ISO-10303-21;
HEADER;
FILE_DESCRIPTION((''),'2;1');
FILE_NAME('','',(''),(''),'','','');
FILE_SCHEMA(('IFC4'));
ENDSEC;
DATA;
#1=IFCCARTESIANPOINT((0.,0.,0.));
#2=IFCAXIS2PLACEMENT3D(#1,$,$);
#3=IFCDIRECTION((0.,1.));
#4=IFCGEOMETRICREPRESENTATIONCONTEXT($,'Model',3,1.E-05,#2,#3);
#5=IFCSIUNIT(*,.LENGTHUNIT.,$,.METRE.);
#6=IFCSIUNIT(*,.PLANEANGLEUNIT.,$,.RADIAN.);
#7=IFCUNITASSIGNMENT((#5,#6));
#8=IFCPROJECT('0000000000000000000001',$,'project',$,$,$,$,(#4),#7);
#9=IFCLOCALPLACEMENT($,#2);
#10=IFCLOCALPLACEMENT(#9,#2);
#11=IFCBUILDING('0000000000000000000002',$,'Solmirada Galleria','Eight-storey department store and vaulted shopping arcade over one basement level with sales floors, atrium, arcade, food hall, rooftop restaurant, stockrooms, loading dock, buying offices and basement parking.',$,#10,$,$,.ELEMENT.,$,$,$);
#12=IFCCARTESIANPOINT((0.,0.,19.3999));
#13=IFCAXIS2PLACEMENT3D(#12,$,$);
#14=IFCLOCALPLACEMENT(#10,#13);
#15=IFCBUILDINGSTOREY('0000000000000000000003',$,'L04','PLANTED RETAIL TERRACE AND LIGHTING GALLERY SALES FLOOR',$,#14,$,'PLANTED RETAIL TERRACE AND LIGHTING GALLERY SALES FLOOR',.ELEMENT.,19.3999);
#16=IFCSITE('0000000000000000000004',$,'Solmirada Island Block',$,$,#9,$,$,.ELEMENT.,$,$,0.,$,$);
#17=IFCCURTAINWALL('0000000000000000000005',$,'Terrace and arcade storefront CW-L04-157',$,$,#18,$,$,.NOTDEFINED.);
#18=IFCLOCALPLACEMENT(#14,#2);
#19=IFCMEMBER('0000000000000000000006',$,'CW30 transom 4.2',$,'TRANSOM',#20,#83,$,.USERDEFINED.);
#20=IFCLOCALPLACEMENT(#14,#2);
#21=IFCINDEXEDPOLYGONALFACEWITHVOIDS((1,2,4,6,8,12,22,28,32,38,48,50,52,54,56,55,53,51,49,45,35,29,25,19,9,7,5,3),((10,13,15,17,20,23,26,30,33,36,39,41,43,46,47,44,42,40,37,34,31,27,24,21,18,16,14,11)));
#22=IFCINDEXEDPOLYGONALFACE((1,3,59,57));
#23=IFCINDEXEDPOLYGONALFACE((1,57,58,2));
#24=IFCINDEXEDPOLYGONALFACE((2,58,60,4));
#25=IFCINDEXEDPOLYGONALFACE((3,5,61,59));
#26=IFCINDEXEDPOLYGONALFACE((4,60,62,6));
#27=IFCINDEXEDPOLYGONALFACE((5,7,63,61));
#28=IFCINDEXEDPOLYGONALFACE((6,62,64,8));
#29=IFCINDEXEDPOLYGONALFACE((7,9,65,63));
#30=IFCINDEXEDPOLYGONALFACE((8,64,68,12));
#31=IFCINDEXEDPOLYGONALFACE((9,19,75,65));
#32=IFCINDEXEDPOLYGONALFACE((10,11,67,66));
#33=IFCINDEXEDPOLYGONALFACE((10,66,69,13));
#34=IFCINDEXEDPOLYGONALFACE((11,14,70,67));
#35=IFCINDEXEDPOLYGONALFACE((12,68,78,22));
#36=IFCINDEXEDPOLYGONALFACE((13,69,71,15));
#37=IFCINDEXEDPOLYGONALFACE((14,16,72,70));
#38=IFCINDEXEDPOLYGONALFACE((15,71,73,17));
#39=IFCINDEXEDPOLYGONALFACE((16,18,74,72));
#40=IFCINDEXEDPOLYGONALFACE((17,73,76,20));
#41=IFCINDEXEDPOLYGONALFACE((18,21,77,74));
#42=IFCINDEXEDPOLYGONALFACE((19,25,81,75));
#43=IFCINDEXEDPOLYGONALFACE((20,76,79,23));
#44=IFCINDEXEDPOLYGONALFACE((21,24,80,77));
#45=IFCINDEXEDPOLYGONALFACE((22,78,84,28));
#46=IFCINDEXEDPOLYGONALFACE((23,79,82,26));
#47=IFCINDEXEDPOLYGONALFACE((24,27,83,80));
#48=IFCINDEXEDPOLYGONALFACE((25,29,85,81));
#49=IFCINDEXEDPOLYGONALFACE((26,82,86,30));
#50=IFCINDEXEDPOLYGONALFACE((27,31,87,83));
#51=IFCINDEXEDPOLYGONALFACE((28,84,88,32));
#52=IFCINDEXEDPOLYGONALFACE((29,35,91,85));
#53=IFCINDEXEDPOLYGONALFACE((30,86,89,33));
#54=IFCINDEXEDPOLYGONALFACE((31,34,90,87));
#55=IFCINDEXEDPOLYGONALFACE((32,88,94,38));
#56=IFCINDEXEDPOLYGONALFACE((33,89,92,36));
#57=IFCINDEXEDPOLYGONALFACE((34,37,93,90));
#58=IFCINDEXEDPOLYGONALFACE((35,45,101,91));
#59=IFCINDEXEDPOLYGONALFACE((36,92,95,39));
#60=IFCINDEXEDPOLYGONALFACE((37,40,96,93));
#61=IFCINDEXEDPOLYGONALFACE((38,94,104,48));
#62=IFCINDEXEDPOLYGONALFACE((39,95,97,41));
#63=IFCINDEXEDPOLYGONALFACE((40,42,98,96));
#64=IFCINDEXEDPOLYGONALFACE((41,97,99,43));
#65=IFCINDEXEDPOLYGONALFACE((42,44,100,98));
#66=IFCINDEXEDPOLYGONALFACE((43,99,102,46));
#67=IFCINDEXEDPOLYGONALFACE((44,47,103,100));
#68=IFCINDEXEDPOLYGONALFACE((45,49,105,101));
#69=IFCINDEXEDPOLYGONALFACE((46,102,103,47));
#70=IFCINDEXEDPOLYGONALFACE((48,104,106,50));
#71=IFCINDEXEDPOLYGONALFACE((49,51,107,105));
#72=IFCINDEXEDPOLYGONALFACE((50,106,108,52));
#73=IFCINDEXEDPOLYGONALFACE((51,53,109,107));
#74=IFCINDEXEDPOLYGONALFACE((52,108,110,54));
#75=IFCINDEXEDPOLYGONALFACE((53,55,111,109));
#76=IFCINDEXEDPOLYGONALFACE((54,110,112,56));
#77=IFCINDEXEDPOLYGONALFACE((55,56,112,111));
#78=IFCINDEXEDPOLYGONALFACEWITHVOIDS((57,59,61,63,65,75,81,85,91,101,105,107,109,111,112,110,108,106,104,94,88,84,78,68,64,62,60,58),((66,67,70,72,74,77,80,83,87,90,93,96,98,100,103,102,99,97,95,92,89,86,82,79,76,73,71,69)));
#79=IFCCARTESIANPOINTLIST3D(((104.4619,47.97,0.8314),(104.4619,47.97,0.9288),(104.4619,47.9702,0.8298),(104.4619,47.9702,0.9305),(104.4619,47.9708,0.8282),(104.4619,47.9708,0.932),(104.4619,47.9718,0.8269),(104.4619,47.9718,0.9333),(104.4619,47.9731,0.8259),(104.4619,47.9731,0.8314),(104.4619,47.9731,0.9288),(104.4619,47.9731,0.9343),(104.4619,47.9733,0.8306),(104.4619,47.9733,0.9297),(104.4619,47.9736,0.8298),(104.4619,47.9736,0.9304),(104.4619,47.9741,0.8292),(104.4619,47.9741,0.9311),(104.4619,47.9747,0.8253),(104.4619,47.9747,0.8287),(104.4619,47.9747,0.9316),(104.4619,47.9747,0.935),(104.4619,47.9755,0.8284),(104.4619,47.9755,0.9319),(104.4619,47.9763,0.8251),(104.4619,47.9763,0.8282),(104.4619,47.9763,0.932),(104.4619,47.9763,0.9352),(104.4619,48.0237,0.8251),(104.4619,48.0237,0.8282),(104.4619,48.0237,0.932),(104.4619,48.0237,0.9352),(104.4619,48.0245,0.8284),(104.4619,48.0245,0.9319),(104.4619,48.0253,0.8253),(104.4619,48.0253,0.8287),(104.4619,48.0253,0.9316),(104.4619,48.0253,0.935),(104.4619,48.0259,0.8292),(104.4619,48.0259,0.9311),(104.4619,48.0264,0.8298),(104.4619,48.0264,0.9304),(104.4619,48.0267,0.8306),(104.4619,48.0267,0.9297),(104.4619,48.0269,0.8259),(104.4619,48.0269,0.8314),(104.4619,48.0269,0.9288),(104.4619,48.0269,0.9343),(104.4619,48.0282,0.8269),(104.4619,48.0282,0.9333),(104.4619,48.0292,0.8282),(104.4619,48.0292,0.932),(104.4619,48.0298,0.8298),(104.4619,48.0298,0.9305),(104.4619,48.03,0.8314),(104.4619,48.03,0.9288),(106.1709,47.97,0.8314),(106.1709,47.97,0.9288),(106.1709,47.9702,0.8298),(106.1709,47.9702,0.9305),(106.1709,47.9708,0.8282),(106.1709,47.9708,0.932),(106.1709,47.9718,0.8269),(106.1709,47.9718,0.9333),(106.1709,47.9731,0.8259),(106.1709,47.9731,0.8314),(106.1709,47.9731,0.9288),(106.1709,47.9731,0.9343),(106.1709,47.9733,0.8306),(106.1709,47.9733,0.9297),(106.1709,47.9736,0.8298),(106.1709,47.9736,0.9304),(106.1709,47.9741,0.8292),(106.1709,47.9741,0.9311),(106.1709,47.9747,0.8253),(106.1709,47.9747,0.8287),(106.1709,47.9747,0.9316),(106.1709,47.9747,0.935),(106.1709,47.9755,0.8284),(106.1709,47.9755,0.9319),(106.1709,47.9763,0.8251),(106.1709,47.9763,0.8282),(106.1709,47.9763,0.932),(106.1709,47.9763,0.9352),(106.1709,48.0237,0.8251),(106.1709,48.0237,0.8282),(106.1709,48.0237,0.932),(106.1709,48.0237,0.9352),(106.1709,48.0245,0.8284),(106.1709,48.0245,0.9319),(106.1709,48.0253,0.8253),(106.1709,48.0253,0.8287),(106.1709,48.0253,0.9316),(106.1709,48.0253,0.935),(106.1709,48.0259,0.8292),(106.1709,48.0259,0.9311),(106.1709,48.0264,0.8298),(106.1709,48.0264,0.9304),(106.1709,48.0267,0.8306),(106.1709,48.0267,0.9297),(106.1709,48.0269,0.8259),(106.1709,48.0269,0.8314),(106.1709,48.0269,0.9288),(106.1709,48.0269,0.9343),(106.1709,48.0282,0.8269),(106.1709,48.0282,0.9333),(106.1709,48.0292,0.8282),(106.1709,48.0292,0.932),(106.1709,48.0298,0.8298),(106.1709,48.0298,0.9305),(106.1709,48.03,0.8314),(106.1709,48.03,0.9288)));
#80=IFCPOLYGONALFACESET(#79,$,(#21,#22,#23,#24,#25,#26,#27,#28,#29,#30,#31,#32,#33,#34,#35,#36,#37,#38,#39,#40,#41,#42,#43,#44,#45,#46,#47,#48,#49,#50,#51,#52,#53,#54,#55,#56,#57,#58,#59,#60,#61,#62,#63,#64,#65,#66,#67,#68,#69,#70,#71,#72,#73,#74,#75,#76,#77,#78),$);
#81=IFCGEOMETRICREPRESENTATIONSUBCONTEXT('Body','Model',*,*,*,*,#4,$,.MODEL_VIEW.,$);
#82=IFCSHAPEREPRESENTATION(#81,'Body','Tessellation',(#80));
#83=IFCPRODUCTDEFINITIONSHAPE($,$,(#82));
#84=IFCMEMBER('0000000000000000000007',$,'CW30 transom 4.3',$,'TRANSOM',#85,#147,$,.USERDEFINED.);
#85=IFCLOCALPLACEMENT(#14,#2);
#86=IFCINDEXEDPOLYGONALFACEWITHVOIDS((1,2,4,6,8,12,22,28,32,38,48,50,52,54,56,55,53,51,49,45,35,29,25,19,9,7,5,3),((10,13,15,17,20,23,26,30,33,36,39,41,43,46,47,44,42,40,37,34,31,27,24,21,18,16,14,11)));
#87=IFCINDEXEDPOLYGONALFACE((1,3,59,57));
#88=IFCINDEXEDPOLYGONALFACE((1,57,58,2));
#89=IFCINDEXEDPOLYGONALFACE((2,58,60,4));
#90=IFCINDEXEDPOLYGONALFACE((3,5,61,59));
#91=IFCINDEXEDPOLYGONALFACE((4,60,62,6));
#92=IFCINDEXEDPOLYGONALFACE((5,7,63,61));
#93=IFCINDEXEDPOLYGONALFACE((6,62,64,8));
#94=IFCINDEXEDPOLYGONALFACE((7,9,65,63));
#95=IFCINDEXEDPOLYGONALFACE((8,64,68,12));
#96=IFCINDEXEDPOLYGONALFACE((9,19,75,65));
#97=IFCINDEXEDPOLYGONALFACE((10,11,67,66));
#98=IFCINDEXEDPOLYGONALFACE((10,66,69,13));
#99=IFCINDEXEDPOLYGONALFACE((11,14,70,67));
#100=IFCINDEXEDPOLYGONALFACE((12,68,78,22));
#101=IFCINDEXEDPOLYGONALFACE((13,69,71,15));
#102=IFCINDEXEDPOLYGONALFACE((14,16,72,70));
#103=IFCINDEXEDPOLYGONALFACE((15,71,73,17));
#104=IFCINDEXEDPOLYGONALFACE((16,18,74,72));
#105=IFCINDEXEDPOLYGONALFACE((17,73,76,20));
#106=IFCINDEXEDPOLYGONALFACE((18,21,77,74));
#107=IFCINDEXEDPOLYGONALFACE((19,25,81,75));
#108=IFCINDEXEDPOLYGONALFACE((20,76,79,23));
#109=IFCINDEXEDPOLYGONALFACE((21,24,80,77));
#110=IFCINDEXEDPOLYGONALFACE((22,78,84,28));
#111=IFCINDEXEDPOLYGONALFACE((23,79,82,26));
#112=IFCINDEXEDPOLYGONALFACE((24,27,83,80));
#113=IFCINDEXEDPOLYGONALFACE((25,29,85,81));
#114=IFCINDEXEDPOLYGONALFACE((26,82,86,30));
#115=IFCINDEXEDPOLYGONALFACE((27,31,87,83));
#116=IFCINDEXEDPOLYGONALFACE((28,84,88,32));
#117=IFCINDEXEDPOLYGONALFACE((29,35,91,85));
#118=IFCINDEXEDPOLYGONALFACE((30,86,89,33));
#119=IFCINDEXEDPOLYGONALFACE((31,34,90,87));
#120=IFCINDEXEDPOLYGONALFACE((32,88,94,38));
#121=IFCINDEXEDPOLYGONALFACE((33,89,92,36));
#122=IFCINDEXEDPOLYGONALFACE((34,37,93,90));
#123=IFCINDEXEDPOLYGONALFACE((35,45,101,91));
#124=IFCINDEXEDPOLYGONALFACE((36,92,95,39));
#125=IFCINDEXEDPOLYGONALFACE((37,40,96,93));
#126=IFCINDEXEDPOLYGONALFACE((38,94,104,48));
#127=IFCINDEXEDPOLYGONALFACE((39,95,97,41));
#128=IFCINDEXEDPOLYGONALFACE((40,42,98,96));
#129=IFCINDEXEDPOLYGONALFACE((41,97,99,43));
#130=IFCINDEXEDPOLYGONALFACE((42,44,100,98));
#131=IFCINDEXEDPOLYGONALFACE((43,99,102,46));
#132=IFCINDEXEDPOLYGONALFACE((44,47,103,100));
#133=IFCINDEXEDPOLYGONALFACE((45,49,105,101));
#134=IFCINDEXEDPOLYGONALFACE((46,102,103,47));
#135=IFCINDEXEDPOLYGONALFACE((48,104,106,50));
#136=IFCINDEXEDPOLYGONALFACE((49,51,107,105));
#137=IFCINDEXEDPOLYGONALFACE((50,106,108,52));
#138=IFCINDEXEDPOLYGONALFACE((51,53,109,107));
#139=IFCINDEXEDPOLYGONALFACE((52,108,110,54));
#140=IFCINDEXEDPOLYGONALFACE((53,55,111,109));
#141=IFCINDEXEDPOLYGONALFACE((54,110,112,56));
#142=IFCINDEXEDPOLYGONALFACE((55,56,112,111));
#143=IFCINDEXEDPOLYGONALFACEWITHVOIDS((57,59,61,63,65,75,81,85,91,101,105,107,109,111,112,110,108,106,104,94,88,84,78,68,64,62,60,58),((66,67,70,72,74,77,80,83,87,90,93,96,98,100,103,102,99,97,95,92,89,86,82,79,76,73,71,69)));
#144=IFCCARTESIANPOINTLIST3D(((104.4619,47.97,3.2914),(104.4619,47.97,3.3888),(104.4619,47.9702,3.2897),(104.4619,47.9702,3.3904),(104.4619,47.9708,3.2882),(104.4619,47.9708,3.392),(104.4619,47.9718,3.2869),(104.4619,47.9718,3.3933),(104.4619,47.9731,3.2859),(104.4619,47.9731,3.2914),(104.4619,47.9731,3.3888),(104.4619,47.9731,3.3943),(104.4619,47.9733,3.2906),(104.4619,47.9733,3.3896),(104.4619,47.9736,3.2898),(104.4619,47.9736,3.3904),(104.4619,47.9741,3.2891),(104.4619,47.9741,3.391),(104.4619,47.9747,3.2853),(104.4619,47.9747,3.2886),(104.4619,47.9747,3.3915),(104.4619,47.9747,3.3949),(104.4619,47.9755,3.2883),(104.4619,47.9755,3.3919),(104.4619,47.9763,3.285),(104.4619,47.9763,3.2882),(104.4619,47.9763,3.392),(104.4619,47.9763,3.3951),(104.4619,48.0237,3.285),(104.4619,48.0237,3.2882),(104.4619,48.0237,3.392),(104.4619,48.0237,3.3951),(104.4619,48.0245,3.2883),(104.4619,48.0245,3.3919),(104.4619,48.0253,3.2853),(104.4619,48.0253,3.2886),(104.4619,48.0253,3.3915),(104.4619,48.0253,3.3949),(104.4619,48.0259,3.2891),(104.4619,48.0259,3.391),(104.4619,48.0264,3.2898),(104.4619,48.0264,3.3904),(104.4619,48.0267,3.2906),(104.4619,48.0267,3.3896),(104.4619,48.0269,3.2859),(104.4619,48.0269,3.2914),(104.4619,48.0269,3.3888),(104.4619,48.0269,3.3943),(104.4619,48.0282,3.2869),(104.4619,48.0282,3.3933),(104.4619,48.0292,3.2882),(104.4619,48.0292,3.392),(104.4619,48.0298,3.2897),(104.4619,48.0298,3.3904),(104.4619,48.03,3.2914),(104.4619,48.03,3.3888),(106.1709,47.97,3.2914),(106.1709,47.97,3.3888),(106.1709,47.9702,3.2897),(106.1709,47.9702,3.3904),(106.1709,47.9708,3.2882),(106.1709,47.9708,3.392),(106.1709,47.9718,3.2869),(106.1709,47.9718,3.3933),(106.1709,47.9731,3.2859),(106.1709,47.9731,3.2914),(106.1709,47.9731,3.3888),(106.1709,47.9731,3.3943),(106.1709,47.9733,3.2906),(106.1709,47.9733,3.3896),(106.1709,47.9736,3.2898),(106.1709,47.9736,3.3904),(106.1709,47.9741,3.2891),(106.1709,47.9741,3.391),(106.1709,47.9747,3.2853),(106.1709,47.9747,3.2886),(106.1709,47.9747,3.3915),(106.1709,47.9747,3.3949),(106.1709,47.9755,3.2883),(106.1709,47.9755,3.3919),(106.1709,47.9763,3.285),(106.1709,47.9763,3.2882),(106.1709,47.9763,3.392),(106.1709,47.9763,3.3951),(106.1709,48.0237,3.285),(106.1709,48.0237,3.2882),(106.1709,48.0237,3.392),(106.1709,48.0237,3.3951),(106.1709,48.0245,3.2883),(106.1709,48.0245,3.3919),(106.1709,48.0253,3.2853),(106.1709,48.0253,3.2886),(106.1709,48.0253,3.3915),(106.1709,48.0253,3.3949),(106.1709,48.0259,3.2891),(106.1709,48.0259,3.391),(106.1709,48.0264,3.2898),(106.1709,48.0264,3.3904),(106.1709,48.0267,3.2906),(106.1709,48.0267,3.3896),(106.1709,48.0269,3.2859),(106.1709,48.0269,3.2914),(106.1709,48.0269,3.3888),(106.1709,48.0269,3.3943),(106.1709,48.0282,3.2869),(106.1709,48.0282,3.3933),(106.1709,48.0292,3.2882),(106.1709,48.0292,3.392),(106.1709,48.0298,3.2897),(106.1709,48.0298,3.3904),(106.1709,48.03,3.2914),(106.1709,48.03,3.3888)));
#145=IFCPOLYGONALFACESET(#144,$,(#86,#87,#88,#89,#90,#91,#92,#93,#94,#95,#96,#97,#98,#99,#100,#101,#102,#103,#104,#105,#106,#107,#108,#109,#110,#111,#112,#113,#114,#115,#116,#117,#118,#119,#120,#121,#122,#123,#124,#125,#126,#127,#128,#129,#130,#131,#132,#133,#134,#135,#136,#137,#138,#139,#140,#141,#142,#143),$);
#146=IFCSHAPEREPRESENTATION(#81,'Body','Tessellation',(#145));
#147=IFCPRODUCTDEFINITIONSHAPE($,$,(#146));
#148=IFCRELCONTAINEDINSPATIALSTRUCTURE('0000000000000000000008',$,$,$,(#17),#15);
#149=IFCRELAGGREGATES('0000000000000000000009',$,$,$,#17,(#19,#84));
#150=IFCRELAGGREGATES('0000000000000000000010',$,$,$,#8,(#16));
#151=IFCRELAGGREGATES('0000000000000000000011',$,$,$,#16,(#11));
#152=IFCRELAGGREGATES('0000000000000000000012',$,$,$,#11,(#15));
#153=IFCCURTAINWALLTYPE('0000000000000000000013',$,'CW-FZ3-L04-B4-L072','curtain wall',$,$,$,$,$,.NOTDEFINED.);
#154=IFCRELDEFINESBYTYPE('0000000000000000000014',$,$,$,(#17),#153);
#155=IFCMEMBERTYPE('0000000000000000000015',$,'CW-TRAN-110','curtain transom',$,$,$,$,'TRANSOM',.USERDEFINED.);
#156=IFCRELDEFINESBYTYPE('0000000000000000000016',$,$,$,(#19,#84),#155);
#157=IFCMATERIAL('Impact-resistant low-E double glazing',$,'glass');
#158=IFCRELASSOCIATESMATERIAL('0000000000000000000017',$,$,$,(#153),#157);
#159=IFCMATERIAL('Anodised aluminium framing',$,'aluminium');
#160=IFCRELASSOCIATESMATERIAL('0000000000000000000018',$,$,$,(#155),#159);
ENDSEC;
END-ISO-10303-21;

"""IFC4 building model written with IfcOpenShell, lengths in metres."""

from ifc_helpers import new_model, si_unit, direction, frame, origin, origin_2d, place, context, subcontext, project, spatial, hollow_rectangle, extrude, material, material_profile, profile_set, type_object, element, aggregate, save


model = new_model("IFC4")

# Units and contexts
model_context = context("Model", 3, precision=1e-05, world=origin(), true_north=direction((0.0, 1.0)))
body_context = subcontext(model_context, "Body", "Model", "MODEL_VIEW")
ifc_project = project(units=[si_unit("LENGTHUNIT", "METRE"), si_unit("PLANEANGLEUNIT", "RADIAN")], contexts=[model_context])

# Site, building, storey
site_placement = place(None, origin())
site = spatial("IfcSite", under=ifc_project, at=site_placement, Name="Solmirada Island Block", CompositionType="ELEMENT", RefElevation=0.0)
building_placement = place(site_placement, origin())
building = spatial("IfcBuilding", under=site, at=building_placement, Name="Solmirada Galleria", Description="Eight-storey department store and vaulted shopping arcade over one basement level with sales floors, atrium, arcade, food hall, rooftop restaurant, stockrooms, loading dock, buying offices and basement parking.", CompositionType="ELEMENT")
storey_placement = place(building_placement, frame((0.0, 0.0, 19.3999)))
storey = spatial("IfcBuildingStorey", under=building, at=storey_placement, Name="L04", Description="PLANTED RETAIL TERRACE AND LIGHTING GALLERY SALES FLOOR", LongName="PLANTED RETAIL TERRACE AND LIGHTING GALLERY SALES FLOOR", CompositionType="ELEMENT", Elevation=19.3999)

# Curtain wall
ifc_material_1 = material(Name="Impact-resistant low-E double glazing", Category="glass")
curtain_wall_type = type_object("IfcCurtainWallType", Name="CW-FZ3-L04-B4-L072", Description="curtain wall", PredefinedType="NOTDEFINED", material=ifc_material_1)
curtain_wall_1_placement = place(storey_placement, origin())
curtain_wall_1 = element("IfcCurtainWall", 1, at=curtain_wall_1_placement, inside=storey, type_object=curtain_wall_type, Name="Terrace and arcade storefront CW-L04-157", PredefinedType="NOTDEFINED")
ifc_material_2 = material(Name="Anodised aluminium framing", Category="aluminium")

# Members
ifc_material_profile_1 = material_profile(ifc_material_2, hollow_rectangle(XDim=0.0601, YDim=0.1101, WallThickness=0.0032, InnerFilletRadius=0.0032, OuterFilletRadius=0.0063, at=origin_2d()), Name="ALU-TRAN-110X60")
ifc_profile_set_1 = profile_set([ifc_material_profile_1], Name="Anodised aluminium framing")
member_type_1 = type_object("IfcMemberType", Name="CW-TRAN-110", Description="curtain transom", ElementType="TRANSOM", PredefinedType="USERDEFINED", material=ifc_profile_set_1)
member_1_placement = place(storey_placement, frame((106.1709, 48.0, 0.8801), z_axis=(-1.0, 0.0, 0.0), x_axis=(0.0, -1.0, 0.0)))
member_1 = element("IfcMember", 2, at=member_1_placement, type_object=member_type_1, Name="CW30 transom 4.2", ObjectType="TRANSOM", PredefinedType="USERDEFINED", context=body_context, shape_type="SweptSolid", body=[
    extrude(hollow_rectangle(XDim=0.0601, YDim=0.1101, WallThickness=0.0032, InnerFilletRadius=0.0032, OuterFilletRadius=0.0063, at=origin_2d()), origin(), (0.0, 0.0, 1.0), 1.709),
])
member_2_placement = place(storey_placement, frame((106.1709, 48.0, 3.3401), z_axis=(-1.0, 0.0, 0.0), x_axis=(0.0, -1.0, 0.0)))
member_2 = element("IfcMember", 3, at=member_2_placement, type_object=member_type_1, Name="CW30 transom 4.3", ObjectType="TRANSOM", PredefinedType="USERDEFINED", context=body_context, shape_type="SweptSolid", body=[
    extrude(hollow_rectangle(XDim=0.0601, YDim=0.1101, WallThickness=0.0032, InnerFilletRadius=0.0032, OuterFilletRadius=0.0063, at=origin_2d()), origin(), (0.0, 0.0, 1.0), 1.709),
])

aggregate(curtain_wall_1, [member_1, member_2])

save(model, "model.ifc")
